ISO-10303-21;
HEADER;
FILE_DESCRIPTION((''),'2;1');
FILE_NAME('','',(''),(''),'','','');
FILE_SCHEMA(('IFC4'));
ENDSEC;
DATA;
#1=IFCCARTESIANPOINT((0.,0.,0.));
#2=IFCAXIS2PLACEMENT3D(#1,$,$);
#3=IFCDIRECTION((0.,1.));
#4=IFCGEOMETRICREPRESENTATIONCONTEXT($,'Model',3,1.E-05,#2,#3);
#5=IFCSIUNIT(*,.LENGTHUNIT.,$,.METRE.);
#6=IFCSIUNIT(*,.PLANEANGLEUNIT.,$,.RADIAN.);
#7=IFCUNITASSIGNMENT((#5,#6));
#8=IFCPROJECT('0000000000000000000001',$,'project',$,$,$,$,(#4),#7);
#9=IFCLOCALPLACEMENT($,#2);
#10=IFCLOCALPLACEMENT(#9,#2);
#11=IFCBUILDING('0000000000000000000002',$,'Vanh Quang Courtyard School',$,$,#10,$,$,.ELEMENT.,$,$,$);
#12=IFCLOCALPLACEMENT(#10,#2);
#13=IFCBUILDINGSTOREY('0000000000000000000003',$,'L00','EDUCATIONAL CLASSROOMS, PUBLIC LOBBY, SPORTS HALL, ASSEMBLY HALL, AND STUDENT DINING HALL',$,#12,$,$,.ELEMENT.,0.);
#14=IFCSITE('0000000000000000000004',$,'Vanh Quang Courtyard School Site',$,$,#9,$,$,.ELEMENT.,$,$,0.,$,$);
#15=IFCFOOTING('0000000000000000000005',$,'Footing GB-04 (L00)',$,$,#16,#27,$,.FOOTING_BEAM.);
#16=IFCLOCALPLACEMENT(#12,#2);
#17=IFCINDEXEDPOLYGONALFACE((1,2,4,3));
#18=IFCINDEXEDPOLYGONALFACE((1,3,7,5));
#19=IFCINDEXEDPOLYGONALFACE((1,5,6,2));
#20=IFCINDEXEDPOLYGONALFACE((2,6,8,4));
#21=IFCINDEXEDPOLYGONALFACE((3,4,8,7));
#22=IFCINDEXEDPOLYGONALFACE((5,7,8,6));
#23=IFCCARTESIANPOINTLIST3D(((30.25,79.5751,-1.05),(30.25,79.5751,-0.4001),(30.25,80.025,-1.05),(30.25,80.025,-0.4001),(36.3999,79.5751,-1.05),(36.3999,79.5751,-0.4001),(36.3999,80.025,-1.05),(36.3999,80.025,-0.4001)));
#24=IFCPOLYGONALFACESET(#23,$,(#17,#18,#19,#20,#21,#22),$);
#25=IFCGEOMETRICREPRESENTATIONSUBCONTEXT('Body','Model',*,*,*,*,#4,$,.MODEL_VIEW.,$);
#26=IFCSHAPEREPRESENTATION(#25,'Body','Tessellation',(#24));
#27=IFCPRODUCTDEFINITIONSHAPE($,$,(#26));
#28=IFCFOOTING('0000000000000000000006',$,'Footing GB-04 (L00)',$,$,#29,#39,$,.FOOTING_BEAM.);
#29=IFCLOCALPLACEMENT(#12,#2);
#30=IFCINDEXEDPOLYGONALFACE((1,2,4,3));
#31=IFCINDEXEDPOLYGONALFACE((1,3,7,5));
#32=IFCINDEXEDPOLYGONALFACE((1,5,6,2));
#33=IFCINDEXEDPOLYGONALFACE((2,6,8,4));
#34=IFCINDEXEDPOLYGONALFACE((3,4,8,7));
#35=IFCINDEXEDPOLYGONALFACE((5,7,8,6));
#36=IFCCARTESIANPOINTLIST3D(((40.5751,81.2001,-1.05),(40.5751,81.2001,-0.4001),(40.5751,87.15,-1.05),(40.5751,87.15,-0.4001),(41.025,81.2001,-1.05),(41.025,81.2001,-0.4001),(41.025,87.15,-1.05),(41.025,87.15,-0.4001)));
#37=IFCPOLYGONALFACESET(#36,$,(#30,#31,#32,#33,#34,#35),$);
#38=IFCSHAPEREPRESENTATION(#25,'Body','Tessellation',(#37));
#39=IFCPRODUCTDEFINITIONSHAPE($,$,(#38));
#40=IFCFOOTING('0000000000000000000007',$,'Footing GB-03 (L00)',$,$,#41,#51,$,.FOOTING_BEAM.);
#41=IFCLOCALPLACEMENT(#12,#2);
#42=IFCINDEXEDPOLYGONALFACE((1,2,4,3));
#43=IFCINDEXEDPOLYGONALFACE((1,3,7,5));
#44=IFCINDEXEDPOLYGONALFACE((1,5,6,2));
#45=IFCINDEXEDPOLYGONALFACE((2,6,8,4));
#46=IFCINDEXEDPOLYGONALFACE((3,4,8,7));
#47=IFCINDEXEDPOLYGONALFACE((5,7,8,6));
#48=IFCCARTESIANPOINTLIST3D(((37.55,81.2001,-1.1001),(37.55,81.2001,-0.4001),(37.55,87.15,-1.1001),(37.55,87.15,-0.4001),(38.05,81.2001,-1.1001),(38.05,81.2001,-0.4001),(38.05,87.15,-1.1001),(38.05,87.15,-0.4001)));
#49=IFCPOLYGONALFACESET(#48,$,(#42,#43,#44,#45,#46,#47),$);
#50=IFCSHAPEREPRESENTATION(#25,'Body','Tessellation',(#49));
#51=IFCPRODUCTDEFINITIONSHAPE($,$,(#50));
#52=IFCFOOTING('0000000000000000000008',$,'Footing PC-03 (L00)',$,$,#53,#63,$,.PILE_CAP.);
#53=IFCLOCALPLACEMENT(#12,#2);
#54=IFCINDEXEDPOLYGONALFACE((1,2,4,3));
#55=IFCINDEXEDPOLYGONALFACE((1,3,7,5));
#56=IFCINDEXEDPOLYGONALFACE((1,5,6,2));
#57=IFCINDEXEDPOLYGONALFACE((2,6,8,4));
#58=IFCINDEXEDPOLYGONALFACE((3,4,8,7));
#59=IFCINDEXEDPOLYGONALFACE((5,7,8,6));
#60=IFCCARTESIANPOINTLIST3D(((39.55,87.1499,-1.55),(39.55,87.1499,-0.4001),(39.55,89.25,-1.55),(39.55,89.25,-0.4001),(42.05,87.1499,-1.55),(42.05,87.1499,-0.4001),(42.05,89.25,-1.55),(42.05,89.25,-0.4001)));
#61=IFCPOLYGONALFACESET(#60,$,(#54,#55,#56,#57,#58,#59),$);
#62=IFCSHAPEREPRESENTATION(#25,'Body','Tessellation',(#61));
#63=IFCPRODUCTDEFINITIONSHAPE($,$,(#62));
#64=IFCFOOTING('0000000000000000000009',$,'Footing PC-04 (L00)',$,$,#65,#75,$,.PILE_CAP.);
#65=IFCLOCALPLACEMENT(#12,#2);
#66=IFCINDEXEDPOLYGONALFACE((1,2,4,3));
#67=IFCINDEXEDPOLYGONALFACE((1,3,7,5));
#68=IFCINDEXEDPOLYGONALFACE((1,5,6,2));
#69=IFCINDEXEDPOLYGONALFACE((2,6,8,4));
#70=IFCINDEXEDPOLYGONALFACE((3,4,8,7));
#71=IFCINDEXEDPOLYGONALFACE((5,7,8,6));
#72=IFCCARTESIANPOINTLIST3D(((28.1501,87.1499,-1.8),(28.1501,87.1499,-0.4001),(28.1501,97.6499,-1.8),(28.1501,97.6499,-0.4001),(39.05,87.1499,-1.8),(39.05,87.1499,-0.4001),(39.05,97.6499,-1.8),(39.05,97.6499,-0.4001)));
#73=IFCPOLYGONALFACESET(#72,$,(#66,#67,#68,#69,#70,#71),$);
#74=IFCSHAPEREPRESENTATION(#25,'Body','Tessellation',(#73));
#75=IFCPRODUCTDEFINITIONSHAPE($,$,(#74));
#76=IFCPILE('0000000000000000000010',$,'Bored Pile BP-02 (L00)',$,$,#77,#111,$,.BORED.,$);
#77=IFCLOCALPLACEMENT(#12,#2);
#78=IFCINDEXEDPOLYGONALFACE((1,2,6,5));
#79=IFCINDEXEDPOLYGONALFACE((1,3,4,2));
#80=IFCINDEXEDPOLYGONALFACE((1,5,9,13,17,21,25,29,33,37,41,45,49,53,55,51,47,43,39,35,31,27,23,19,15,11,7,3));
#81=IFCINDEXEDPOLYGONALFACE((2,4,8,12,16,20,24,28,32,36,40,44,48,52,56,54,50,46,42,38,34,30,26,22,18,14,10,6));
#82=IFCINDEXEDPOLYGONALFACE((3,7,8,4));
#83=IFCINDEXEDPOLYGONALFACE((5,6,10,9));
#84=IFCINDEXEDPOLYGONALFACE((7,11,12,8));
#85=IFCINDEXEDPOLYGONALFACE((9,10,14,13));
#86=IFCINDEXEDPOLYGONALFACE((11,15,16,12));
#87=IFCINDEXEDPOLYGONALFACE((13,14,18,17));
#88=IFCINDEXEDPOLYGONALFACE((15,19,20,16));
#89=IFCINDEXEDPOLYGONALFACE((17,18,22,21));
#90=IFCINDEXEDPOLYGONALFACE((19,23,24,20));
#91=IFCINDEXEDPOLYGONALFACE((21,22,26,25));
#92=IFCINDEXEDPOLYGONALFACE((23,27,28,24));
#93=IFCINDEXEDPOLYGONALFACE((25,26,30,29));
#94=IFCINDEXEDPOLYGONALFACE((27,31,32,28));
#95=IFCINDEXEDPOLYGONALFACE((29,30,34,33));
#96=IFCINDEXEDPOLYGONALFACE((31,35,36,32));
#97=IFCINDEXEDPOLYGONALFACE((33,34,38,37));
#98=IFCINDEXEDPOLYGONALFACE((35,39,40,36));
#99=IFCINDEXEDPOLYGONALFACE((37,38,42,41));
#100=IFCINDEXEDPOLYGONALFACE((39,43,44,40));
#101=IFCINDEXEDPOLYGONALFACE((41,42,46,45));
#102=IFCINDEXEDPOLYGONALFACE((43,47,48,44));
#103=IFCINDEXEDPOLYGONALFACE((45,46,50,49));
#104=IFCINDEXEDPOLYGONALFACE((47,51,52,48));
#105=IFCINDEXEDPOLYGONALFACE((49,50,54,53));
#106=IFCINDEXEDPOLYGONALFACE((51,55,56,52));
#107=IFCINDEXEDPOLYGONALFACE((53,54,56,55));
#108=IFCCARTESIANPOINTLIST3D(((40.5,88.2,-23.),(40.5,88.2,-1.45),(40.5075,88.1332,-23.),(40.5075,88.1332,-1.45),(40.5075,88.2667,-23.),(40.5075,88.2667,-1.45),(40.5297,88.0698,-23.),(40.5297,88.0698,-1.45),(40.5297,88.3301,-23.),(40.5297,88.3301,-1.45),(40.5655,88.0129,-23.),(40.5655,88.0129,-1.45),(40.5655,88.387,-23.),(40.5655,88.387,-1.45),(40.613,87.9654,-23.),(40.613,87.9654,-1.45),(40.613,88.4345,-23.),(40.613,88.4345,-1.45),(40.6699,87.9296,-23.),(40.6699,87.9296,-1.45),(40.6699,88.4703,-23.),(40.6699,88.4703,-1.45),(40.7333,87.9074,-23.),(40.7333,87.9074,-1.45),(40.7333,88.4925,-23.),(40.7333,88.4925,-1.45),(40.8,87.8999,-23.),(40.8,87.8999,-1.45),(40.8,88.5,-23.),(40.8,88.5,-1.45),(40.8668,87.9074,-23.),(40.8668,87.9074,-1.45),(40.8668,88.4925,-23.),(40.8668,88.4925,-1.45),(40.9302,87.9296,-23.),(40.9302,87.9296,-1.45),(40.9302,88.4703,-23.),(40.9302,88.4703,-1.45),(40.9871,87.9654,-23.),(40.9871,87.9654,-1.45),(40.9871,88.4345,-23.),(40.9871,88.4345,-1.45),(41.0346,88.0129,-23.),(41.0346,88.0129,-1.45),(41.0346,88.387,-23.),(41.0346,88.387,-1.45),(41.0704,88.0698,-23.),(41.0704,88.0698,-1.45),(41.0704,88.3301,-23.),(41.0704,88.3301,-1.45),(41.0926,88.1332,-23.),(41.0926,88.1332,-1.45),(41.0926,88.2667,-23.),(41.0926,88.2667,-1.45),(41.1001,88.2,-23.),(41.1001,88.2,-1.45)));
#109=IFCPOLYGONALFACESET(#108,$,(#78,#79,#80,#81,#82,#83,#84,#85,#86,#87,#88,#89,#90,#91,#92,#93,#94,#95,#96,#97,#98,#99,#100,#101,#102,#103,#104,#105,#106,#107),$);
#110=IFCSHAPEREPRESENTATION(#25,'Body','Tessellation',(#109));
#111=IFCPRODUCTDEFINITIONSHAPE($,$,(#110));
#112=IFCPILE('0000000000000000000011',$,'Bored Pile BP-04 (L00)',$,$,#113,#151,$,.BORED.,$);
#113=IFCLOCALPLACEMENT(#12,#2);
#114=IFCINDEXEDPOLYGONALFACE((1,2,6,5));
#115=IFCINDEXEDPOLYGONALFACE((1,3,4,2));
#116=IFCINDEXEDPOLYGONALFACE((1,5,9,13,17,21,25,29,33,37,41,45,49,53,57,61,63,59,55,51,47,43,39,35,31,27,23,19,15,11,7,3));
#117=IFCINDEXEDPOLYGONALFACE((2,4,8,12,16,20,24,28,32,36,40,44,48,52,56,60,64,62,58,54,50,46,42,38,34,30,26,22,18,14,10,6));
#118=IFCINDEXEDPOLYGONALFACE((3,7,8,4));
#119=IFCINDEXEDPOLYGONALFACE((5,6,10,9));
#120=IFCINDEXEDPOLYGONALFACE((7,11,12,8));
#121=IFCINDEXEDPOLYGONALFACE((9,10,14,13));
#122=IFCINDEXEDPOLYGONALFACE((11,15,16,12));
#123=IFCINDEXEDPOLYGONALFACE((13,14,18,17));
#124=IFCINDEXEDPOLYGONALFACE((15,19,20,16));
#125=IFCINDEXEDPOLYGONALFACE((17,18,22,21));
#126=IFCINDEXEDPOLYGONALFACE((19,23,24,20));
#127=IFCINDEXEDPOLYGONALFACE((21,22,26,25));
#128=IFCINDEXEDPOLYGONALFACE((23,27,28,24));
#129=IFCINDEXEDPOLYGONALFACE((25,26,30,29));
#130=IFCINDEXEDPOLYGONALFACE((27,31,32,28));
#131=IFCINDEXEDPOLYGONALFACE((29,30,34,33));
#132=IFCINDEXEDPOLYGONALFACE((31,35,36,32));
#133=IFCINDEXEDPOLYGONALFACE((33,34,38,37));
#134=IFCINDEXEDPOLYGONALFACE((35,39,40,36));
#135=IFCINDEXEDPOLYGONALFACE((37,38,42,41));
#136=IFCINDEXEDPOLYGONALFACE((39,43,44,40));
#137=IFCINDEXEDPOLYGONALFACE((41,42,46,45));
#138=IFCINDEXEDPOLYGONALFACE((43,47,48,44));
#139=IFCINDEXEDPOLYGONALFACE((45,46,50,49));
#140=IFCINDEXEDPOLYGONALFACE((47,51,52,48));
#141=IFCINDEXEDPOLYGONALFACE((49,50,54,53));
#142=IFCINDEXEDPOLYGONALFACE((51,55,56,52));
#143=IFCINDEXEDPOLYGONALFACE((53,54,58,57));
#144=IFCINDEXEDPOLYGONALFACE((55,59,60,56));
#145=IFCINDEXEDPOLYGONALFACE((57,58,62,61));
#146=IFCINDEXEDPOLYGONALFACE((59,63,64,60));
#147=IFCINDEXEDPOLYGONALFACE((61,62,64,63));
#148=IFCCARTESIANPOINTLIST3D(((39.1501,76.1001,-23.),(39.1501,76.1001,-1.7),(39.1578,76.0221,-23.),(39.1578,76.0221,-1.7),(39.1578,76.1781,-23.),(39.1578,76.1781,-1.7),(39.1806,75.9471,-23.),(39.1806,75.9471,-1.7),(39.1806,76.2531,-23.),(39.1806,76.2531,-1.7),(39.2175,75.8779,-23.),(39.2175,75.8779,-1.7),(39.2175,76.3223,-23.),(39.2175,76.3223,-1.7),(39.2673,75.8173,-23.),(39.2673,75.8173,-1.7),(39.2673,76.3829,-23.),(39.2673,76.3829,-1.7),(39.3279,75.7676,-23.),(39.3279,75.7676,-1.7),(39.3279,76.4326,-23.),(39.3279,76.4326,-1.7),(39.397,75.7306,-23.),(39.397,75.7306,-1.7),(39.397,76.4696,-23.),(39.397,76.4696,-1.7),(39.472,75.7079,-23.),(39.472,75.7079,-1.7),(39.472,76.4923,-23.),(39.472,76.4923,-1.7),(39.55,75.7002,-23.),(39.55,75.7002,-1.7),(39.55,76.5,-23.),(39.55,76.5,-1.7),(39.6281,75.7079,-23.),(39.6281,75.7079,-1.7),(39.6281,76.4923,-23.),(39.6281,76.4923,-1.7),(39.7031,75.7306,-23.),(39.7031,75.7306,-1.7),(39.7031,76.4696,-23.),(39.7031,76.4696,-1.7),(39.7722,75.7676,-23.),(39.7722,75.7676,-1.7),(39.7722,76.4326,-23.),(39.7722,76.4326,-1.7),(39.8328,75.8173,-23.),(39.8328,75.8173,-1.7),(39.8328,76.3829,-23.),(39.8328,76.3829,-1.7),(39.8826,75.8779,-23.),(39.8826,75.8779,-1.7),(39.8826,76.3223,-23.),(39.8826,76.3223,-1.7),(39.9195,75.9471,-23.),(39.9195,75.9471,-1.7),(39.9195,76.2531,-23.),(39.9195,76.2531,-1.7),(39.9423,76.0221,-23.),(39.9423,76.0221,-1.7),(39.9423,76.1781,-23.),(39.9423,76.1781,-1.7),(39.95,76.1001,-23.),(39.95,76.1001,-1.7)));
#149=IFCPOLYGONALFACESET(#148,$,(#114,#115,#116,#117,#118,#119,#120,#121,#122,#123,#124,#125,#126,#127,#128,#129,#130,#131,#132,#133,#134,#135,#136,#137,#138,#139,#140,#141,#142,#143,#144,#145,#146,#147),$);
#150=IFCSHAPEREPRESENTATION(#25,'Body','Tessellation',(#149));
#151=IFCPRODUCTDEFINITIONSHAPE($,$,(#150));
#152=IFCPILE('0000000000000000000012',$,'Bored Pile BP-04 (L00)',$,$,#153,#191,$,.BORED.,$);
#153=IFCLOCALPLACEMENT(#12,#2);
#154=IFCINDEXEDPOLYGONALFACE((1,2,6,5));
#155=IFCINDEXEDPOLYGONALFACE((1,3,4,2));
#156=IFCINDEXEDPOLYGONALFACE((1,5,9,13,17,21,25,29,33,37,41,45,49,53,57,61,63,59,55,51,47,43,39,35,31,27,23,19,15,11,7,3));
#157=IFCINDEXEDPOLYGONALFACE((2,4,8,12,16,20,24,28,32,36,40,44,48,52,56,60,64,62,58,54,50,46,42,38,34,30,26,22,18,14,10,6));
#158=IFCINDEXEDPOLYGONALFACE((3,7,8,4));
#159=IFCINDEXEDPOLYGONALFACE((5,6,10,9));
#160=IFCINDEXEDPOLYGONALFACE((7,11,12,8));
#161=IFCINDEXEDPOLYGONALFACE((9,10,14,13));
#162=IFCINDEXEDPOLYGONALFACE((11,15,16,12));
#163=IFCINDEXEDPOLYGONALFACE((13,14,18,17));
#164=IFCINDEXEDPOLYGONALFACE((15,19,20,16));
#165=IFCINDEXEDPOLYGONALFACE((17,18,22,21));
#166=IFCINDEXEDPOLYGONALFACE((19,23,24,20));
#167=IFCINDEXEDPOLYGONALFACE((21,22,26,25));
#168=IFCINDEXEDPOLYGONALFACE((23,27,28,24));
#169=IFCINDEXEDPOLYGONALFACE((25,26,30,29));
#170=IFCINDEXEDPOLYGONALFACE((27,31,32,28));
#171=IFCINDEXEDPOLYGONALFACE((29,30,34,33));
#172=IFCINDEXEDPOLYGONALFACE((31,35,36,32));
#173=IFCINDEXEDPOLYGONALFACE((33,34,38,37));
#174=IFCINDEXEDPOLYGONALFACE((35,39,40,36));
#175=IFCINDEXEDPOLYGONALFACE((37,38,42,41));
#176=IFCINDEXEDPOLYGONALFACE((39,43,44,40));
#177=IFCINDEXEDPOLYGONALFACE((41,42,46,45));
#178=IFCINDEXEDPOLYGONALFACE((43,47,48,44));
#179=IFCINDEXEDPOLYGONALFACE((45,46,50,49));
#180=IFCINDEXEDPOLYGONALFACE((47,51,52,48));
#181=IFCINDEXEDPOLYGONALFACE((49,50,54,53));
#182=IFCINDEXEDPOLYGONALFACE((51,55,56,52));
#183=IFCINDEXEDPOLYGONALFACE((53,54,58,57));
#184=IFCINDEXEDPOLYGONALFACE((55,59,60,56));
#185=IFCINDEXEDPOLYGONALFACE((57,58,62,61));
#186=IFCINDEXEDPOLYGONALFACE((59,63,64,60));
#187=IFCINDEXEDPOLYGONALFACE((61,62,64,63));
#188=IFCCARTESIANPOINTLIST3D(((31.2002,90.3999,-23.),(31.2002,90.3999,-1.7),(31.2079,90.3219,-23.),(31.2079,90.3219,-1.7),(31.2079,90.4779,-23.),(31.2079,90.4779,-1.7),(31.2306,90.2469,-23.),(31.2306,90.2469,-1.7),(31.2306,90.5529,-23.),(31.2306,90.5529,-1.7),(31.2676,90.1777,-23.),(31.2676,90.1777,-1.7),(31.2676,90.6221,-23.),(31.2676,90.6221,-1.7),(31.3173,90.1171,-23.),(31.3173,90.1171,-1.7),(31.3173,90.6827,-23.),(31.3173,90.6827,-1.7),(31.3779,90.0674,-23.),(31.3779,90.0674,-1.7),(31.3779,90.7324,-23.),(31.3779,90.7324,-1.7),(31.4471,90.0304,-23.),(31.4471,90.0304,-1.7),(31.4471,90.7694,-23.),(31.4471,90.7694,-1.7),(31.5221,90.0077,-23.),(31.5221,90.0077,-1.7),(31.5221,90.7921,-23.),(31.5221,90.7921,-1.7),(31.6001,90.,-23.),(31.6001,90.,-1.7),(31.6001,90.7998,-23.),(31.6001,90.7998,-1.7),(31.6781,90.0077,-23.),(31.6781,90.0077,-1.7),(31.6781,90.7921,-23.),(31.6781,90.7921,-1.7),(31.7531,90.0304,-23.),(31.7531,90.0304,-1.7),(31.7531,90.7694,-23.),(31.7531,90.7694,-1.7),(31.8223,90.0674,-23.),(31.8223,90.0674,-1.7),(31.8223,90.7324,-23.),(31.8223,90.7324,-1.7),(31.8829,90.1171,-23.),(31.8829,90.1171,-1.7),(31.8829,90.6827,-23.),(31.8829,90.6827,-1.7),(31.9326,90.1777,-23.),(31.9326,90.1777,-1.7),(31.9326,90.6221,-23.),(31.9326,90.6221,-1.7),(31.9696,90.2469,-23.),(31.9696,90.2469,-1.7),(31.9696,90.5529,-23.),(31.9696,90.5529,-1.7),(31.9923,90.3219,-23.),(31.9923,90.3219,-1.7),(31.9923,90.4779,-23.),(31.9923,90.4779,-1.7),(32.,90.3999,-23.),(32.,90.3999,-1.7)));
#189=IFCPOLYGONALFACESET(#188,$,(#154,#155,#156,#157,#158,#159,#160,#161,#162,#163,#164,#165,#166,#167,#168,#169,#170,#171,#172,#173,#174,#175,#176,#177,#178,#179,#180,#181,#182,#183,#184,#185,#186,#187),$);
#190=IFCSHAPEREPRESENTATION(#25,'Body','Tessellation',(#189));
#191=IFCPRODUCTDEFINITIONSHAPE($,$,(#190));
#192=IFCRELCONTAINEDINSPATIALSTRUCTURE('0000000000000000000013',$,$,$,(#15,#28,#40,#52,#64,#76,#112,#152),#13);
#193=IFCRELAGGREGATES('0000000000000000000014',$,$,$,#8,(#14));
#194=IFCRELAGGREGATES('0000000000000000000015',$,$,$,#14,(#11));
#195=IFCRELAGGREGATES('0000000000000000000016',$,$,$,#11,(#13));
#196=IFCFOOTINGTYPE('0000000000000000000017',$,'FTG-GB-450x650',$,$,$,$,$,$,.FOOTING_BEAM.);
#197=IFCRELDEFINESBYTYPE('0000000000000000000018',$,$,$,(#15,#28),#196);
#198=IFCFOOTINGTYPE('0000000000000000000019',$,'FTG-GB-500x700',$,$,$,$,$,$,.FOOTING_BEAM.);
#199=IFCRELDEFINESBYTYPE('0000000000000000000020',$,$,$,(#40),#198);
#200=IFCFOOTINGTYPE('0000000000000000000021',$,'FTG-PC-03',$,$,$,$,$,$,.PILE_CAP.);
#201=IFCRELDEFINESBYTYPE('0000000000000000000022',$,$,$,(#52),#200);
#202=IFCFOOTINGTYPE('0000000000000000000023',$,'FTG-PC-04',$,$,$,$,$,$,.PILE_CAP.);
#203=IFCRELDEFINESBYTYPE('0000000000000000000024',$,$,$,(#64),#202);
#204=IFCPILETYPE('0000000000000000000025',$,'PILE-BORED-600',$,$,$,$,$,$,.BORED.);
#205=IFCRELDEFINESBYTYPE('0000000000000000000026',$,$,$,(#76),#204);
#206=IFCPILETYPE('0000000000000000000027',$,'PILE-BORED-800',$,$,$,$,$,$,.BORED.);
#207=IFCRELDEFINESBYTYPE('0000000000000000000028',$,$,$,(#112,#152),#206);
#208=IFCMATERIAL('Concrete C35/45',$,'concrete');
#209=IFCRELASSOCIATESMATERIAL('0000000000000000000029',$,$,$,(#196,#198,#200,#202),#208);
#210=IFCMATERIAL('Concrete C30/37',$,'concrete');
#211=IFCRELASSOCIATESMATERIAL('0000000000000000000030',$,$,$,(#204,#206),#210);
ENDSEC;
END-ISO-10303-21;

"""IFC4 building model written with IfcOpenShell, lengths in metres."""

from ifc_helpers import new_model, si_unit, direction, frame, origin, origin_2d, place, context, subcontext, project, spatial, rectangle, circle, extrude, material, material_profile, profile_set, type_object, element, save


model = new_model("IFC4")

# Units and contexts
model_context = context("Model", 3, precision=1e-05, world=origin(), true_north=direction((0.0, 1.0)))
body_context = subcontext(model_context, "Body", "Model", "MODEL_VIEW")
ifc_project = project(units=[si_unit("LENGTHUNIT", "METRE"), si_unit("PLANEANGLEUNIT", "RADIAN")], contexts=[model_context])

# Site, building, storey
site_placement = place(None, origin())
site = spatial("IfcSite", under=ifc_project, at=site_placement, Name="Vanh Quang Courtyard School Site", CompositionType="ELEMENT", RefElevation=0.0)
building_placement = place(site_placement, origin())
building = spatial("IfcBuilding", under=site, at=building_placement, Name="Vanh Quang Courtyard School", CompositionType="ELEMENT")
storey_placement = place(building_placement, origin())
storey = spatial("IfcBuildingStorey", under=building, at=storey_placement, Name="L00", Description="EDUCATIONAL CLASSROOMS, PUBLIC LOBBY, SPORTS HALL, ASSEMBLY HALL, AND STUDENT DINING HALL", CompositionType="ELEMENT", Elevation=0.0)

# Footings
ifc_material_1 = material(Name="Concrete C35/45", Category="concrete")
footing_type_1 = type_object("IfcFootingType", Name="FTG-GB-450x650", PredefinedType="FOOTING_BEAM", material=ifc_material_1)
footing_1_placement = place(storey_placement, frame((33.325, 79.8, -1.05), z_axis=(0.0, 0.0, 1.0), x_axis=(1.0, 0.0, 0.0)))
element("IfcFooting", 1, at=footing_1_placement, inside=storey, type_object=footing_type_1, Name="Footing GB-04 (L00)", PredefinedType="FOOTING_BEAM", context=body_context, shape_type="SweptSolid", body=[
    extrude(rectangle(XDim=6.1499, YDim=0.45, at=origin_2d()), origin(), (0.0, 0.0, 1.0), 0.6499),
])
footing_2_placement = place(storey_placement, frame((40.8, 84.175, -1.05), z_axis=(0.0, 0.0, 1.0), x_axis=(0.0, 1.0, 0.0)))
element("IfcFooting", 2, at=footing_2_placement, inside=storey, type_object=footing_type_1, Name="Footing GB-04 (L00)", PredefinedType="FOOTING_BEAM", context=body_context, shape_type="SweptSolid", body=[
    extrude(rectangle(XDim=5.95, YDim=0.45, at=origin_2d()), origin(), (0.0, 0.0, 1.0), 0.6499),
])
footing_type_2 = type_object("IfcFootingType", Name="FTG-GB-500x700", PredefinedType="FOOTING_BEAM", material=ifc_material_1)
footing_3_placement = place(storey_placement, frame((37.8, 84.175, -1.1001), z_axis=(0.0, 0.0, 1.0), x_axis=(0.0, 1.0, 0.0)))
element("IfcFooting", 3, at=footing_3_placement, inside=storey, type_object=footing_type_2, Name="Footing GB-03 (L00)", PredefinedType="FOOTING_BEAM", context=body_context, shape_type="SweptSolid", body=[
    extrude(rectangle(XDim=5.95, YDim=0.5, at=origin_2d()), origin(), (0.0, 0.0, 1.0), 0.7),
])
footing_type_3 = type_object("IfcFootingType", Name="FTG-PC-03", PredefinedType="PILE_CAP", material=ifc_material_1)
footing_4_placement = place(storey_placement, frame((40.8, 88.2, -1.55), z_axis=(0.0, 0.0, 1.0), x_axis=(1.0, 0.0, 0.0)))
element("IfcFooting", 4, at=footing_4_placement, inside=storey, type_object=footing_type_3, Name="Footing PC-03 (L00)", PredefinedType="PILE_CAP", context=body_context, shape_type="SweptSolid", body=[
    extrude(rectangle(XDim=2.5, YDim=2.1001, at=origin_2d()), origin(), (0.0, 0.0, 1.0), 1.1499),
])
footing_type_4 = type_object("IfcFootingType", Name="FTG-PC-04", PredefinedType="PILE_CAP", material=ifc_material_1)
footing_5_placement = place(storey_placement, frame((33.6001, 92.3999, -1.8), z_axis=(0.0, 0.0, 1.0), x_axis=(1.0, 0.0, 0.0)))
element("IfcFooting", 5, at=footing_5_placement, inside=storey, type_object=footing_type_4, Name="Footing PC-04 (L00)", PredefinedType="PILE_CAP", context=body_context, shape_type="SweptSolid", body=[
    extrude(rectangle(XDim=10.8999, YDim=10.5, at=origin_2d()), origin(), (0.0, 0.0, 1.0), 1.3999),
])

# Piles
ifc_material_2 = material(Name="Concrete C30/37", Category="concrete")
ifc_material_profile_1 = material_profile(ifc_material_2, circle(Radius=0.3, at=origin_2d()), Name="PILE D600")
ifc_profile_set_1 = profile_set([ifc_material_profile_1], Name="Concrete C30/37")
pile_type_1 = type_object("IfcPileType", Name="PILE-BORED-600", PredefinedType="BORED", material=ifc_profile_set_1)
pile_placement = place(storey_placement, frame((40.8, 88.2, -1.45), z_axis=(0.0, 0.0, -1.0), x_axis=(1.0, 0.0, 0.0)))
element("IfcPile", 6, at=pile_placement, inside=storey, type_object=pile_type_1, Name="Bored Pile BP-02 (L00)", PredefinedType="BORED", context=body_context, shape_type="SweptSolid", body=[
    extrude(circle(Radius=0.3, at=origin_2d()), origin(), (0.0, 0.0, 1.0), 21.55),
])
ifc_material_profile_2 = material_profile(ifc_material_2, circle(Radius=0.3999, at=origin_2d()), Name="PILE D800")
ifc_profile_set_2 = profile_set([ifc_material_profile_2], Name="Concrete C30/37")
pile_type_2 = type_object("IfcPileType", Name="PILE-BORED-800", PredefinedType="BORED", material=ifc_profile_set_2)
for number, where, z_axis, x_axis, name in (
    (7, (39.55, 76.1001, -1.7), (0.0, 0.0, -1.0), (1.0, 0.0, 0.0), "Bored Pile BP-04 (L00)"),
    (8, (31.6001, 90.3999, -1.7), (0.0, 0.0, -1.0), (1.0, 0.0, 0.0), "Bored Pile BP-04 (L00)"),
):
    element("IfcPile", number, at=place(storey_placement, frame(where, z_axis=z_axis, x_axis=x_axis)), inside=storey, type_object=pile_type_2, Name=name, PredefinedType="BORED", context=body_context, shape_type="SweptSolid", body=[
        extrude(circle(Radius=0.3999, at=origin_2d()), origin(), (0.0, 0.0, 1.0), 21.3),
    ])

save(model, "model.ifc")
